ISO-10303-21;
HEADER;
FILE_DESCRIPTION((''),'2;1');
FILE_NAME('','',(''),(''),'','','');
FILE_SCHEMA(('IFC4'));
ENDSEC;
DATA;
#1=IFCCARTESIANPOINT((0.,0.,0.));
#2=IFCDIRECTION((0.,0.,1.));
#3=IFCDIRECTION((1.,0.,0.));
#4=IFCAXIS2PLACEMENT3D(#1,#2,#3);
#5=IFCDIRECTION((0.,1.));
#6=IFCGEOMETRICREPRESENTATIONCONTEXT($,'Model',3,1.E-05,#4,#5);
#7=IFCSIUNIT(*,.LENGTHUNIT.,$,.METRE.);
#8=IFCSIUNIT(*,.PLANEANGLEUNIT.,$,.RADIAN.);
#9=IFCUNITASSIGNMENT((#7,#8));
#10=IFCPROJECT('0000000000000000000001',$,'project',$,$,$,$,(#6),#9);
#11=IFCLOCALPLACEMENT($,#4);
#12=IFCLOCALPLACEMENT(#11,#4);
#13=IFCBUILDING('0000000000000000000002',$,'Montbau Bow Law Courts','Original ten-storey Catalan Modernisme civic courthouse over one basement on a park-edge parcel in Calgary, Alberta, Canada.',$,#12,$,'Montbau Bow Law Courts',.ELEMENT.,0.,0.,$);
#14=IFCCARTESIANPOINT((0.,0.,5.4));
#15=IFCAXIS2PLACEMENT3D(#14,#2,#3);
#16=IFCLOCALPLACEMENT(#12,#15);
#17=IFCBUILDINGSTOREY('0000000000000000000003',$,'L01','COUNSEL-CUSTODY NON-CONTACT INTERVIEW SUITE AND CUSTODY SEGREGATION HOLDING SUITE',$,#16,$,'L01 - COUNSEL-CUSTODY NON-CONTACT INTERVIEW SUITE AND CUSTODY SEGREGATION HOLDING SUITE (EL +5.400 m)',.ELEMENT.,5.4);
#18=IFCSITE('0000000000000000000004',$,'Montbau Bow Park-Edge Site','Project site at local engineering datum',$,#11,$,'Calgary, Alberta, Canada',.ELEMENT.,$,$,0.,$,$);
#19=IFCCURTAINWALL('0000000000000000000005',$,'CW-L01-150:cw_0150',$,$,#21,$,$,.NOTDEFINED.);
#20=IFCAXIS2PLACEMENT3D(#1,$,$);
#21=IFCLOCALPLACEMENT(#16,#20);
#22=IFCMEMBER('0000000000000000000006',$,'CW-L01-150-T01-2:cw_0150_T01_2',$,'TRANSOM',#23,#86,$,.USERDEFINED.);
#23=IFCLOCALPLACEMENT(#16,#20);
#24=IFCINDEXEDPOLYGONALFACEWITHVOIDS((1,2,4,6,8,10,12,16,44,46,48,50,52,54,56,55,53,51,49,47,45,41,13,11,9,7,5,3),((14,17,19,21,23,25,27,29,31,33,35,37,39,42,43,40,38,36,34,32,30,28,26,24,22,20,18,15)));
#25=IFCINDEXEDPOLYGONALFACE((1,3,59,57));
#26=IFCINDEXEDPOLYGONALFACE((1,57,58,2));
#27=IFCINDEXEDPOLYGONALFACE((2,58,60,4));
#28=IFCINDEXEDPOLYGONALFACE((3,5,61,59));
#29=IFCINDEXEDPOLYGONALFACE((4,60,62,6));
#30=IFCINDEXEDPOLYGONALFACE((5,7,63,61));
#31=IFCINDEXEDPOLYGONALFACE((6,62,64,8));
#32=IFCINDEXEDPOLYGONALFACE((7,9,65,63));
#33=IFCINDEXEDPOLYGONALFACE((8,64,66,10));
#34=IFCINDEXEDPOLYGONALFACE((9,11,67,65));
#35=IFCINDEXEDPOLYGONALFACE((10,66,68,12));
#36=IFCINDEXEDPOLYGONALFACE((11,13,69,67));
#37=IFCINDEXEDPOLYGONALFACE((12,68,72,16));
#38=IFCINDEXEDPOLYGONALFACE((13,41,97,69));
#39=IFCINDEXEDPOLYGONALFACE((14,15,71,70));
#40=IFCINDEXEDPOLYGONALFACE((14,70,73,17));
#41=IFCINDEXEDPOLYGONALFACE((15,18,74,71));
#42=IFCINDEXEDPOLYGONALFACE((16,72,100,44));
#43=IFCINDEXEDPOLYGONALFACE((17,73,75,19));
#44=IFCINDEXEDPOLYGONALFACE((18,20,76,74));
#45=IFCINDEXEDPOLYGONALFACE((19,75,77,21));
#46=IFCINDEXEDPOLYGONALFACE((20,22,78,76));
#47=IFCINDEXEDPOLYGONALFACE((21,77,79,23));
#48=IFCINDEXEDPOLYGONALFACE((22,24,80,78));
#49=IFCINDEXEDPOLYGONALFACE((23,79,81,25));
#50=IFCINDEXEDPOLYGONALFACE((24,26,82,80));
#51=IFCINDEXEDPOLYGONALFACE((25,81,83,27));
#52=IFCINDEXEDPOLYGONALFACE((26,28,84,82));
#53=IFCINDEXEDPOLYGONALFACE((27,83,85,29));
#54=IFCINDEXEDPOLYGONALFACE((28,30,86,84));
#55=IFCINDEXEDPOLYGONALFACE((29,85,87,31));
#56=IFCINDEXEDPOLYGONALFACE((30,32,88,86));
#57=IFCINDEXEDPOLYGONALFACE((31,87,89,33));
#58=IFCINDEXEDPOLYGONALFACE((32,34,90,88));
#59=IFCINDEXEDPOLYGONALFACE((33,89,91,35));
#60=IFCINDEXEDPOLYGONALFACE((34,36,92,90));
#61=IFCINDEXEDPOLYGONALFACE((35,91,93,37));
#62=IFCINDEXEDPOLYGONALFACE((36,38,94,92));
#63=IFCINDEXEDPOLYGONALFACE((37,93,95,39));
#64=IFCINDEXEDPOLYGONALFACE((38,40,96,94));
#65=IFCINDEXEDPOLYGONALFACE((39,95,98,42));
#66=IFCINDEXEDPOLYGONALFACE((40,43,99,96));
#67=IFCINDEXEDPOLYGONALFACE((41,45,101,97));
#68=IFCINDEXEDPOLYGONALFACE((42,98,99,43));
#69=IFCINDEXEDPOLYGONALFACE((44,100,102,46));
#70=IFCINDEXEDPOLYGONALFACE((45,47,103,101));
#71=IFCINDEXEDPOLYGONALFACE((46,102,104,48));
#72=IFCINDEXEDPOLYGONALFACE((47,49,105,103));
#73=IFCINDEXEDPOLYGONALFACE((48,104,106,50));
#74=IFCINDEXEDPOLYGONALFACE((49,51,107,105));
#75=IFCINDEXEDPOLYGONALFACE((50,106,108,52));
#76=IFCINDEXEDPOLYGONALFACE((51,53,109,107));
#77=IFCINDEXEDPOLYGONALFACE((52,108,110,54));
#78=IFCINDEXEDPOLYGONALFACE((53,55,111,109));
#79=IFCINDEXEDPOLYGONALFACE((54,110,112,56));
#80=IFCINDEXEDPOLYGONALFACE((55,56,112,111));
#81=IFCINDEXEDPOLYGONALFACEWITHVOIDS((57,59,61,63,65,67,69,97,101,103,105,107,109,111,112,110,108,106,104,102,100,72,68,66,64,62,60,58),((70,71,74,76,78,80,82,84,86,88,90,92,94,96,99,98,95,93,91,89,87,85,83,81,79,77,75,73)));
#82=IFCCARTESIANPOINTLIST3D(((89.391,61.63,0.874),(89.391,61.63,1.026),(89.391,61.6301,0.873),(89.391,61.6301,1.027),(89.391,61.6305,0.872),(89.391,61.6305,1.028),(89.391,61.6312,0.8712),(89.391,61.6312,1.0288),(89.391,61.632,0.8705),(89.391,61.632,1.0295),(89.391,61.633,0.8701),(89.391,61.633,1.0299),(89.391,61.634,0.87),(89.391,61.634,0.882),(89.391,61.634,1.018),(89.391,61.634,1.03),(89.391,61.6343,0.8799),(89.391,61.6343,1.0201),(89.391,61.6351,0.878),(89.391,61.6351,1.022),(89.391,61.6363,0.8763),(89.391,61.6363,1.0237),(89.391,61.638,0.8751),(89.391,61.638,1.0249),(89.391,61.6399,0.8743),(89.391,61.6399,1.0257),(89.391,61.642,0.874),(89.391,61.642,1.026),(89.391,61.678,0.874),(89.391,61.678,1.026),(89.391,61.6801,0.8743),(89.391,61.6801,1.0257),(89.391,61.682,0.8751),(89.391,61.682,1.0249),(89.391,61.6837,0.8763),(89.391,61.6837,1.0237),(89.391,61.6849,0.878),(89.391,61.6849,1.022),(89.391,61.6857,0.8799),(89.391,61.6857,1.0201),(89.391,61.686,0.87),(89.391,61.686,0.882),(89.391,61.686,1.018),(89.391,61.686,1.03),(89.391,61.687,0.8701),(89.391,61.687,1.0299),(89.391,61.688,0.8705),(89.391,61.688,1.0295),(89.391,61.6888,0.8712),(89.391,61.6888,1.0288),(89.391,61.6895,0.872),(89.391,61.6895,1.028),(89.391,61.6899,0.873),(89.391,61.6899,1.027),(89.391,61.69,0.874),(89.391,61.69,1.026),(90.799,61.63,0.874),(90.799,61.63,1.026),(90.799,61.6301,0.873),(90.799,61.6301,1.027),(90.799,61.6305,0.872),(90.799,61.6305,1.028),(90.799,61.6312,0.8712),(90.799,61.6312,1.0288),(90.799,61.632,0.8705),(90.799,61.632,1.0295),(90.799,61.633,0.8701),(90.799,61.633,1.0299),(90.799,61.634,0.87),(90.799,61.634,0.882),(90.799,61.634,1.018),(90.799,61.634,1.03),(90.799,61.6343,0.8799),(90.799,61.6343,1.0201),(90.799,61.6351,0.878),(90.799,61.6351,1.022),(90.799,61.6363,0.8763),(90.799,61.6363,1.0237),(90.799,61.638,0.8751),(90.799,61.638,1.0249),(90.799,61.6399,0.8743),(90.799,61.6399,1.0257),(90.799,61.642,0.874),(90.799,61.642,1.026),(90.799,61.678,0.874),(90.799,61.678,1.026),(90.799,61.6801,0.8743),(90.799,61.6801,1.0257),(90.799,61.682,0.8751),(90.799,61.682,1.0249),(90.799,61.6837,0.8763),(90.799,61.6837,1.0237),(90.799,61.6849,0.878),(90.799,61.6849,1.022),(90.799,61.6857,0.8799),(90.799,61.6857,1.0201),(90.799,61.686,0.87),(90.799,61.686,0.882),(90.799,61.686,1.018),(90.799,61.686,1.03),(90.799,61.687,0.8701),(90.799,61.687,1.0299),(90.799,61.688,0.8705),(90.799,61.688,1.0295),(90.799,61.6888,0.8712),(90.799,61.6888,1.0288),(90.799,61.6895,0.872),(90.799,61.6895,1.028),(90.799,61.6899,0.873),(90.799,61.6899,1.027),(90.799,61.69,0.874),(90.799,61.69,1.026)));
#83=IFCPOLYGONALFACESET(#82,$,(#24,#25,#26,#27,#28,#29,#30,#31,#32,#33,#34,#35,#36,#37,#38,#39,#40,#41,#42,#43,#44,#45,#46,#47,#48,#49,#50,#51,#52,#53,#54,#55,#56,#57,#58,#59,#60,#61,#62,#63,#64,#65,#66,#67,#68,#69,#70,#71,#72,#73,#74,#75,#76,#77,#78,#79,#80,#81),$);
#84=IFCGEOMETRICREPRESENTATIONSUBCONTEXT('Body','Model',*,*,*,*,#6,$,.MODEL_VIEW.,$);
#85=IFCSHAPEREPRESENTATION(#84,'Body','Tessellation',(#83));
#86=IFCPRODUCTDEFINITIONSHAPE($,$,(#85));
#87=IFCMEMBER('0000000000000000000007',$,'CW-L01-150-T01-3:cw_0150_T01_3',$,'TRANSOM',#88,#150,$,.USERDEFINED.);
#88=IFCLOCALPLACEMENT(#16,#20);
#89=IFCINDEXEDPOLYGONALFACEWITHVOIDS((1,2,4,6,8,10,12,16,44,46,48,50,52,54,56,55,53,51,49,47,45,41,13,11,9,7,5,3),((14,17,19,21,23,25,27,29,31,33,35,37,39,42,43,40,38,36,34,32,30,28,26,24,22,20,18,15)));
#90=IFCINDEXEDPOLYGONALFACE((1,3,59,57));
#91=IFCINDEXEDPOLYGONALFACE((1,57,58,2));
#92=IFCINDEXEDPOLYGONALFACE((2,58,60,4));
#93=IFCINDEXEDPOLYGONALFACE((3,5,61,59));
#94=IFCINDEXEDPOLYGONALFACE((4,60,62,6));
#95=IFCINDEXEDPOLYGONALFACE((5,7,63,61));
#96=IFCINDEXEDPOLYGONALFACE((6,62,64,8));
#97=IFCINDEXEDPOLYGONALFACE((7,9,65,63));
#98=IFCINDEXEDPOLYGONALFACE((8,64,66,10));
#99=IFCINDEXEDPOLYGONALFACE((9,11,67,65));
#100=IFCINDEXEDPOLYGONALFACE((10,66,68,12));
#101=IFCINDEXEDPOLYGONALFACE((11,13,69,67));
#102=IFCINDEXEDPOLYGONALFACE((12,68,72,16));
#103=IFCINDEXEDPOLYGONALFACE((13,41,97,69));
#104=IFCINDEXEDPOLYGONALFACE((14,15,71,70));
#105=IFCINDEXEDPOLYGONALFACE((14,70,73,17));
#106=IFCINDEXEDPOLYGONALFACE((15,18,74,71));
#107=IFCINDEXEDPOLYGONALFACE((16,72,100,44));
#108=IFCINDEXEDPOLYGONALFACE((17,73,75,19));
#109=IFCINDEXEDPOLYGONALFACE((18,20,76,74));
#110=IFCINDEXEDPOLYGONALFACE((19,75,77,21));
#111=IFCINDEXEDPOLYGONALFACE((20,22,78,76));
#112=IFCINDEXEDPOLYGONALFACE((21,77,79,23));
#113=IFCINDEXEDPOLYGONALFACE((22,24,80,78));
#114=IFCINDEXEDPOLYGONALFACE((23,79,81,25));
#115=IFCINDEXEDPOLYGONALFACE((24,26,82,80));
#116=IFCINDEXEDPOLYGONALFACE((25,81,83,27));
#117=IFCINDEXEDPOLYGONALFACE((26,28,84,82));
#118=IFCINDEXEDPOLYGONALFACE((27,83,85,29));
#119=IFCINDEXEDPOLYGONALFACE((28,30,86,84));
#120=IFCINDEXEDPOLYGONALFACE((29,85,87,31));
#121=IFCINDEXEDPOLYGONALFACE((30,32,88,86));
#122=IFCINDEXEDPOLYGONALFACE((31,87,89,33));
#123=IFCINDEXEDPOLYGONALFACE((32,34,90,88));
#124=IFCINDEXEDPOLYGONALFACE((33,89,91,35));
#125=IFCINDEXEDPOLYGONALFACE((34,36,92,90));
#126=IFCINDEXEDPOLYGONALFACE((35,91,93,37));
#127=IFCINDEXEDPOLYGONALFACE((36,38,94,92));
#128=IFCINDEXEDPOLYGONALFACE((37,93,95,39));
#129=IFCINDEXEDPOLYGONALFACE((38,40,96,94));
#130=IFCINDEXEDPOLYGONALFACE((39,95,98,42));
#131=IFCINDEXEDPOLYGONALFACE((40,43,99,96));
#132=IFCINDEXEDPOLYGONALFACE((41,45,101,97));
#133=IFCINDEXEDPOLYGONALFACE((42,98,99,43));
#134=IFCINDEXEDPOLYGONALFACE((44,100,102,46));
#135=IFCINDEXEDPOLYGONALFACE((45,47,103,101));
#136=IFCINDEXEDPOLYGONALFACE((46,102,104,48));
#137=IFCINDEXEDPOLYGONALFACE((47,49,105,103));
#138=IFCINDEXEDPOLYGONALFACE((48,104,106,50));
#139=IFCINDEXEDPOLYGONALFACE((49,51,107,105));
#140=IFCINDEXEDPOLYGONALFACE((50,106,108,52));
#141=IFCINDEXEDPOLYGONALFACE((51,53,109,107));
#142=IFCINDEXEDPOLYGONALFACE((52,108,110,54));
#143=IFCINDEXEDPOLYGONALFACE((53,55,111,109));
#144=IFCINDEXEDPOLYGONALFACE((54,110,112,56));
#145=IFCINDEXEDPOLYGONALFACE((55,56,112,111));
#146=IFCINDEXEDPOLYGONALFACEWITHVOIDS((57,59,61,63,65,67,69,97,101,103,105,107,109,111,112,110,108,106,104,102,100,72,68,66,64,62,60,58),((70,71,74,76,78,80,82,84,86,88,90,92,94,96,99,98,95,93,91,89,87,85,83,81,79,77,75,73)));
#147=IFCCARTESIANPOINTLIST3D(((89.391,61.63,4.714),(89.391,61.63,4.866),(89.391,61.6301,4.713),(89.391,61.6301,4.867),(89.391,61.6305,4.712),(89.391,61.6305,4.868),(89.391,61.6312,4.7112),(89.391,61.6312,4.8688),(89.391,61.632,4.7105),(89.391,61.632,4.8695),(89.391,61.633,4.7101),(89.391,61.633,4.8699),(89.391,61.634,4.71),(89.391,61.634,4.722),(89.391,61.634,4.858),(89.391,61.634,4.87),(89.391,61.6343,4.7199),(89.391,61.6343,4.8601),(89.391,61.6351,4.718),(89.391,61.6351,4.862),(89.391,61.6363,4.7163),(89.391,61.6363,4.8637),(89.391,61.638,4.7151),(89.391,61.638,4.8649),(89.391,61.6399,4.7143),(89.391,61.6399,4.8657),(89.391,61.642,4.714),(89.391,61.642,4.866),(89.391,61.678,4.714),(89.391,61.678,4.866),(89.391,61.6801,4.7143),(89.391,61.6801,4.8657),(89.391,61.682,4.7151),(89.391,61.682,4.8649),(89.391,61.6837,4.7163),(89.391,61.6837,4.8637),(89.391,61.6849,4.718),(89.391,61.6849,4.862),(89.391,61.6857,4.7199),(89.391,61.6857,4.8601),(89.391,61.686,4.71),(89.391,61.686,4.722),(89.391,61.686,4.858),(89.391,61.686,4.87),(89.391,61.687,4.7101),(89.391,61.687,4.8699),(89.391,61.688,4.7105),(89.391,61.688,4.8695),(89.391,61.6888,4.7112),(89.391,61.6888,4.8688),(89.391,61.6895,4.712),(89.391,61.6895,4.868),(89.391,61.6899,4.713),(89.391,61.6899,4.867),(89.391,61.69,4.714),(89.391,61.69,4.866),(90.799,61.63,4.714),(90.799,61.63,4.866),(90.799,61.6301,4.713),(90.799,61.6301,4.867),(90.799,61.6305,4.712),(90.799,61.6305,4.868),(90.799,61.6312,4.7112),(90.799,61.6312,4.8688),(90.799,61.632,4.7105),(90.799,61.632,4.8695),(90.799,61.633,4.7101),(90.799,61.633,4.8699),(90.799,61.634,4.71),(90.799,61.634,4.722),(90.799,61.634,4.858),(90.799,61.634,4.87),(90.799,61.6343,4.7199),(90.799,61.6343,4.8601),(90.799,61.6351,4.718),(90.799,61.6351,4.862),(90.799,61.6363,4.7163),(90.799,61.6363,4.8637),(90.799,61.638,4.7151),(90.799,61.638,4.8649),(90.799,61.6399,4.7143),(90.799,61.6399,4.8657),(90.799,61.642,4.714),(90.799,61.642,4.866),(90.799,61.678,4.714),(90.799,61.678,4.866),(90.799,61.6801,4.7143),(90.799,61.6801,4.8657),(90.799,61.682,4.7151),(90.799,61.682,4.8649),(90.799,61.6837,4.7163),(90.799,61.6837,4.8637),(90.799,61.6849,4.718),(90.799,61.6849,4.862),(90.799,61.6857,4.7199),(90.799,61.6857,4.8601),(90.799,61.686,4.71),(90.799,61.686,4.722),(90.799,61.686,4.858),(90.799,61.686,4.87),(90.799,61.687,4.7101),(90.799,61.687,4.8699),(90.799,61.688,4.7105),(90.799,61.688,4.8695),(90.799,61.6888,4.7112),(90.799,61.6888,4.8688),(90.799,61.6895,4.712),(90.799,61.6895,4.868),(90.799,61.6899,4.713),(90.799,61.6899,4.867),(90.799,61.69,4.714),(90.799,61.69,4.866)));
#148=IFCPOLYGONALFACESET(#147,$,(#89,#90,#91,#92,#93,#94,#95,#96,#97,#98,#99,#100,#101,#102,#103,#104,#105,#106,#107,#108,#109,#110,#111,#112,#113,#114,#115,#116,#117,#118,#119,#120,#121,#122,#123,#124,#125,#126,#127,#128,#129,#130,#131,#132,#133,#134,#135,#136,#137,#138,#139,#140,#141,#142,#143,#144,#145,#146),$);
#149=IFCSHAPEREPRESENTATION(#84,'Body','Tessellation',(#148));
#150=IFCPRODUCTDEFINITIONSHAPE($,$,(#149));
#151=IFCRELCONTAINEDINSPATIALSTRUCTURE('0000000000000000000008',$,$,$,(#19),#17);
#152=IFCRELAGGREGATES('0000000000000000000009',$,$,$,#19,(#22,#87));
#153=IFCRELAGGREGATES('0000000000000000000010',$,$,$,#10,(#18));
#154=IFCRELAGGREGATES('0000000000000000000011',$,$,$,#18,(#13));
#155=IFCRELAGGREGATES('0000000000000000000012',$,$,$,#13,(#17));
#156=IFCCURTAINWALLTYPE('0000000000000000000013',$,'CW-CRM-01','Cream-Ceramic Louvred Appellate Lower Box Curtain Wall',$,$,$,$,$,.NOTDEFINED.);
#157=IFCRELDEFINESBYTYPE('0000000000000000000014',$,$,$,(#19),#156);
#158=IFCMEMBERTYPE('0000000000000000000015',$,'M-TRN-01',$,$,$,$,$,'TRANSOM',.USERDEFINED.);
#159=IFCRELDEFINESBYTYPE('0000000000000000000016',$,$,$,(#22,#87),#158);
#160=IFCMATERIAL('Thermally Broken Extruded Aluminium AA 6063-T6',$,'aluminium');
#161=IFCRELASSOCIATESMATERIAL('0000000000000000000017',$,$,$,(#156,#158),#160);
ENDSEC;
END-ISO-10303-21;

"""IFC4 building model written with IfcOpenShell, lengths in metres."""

from ifc_helpers import new_model, si_unit, direction, frame, origin_with_axes, origin_2d_with_axis, place, context, subcontext, project, spatial, hollow_rectangle, extrude, material, material_profile, profile_set, type_object, element, aggregate, save


model = new_model("IFC4")

# Units and contexts
model_context = context("Model", 3, precision=1e-05, world=origin_with_axes(), true_north=direction((0.0, 1.0)))
body_context = subcontext(model_context, "Body", "Model", "MODEL_VIEW")
ifc_project = project(units=[si_unit("LENGTHUNIT", "METRE"), si_unit("PLANEANGLEUNIT", "RADIAN")], contexts=[model_context])

# Site, building, storey
site_placement = place(None, origin_with_axes())
site = spatial("IfcSite", under=ifc_project, at=site_placement, Name="Montbau Bow Park-Edge Site", Description="Project site at local engineering datum", LongName="Calgary, Alberta, Canada", CompositionType="ELEMENT", RefElevation=0.0)
building_placement = place(site_placement, origin_with_axes())
building = spatial("IfcBuilding", under=site, at=building_placement, Name="Montbau Bow Law Courts", Description="Original ten-storey Catalan Modernisme civic courthouse over one basement on a park-edge parcel in Calgary, Alberta, Canada.", LongName="Montbau Bow Law Courts", CompositionType="ELEMENT", ElevationOfRefHeight=0.0, ElevationOfTerrain=0.0)
storey_placement = place(building_placement, frame((0.0, 0.0, 5.4), z_axis=(0.0, 0.0, 1.0), x_axis=(1.0, 0.0, 0.0)))
storey = spatial("IfcBuildingStorey", under=building, at=storey_placement, Name="L01", Description="COUNSEL-CUSTODY NON-CONTACT INTERVIEW SUITE AND CUSTODY SEGREGATION HOLDING SUITE", LongName="L01 - COUNSEL-CUSTODY NON-CONTACT INTERVIEW SUITE AND CUSTODY SEGREGATION HOLDING SUITE (EL +5.400 m)", CompositionType="ELEMENT", Elevation=5.4)

# Curtain wall
ifc_material_1 = material(Name="Thermally Broken Extruded Aluminium AA 6063-T6", Category="aluminium")
curtain_wall_type = type_object("IfcCurtainWallType", Name="CW-CRM-01", Description="Cream-Ceramic Louvred Appellate Lower Box Curtain Wall", PredefinedType="NOTDEFINED", material=ifc_material_1)
curtain_wall_1_placement = place(None, frame((89.315, 61.66, 5.4), z_axis=(0.0, 0.0, 1.0), x_axis=(1.0, 0.0, 0.0)))
curtain_wall_1 = element("IfcCurtainWall", 1, at=curtain_wall_1_placement, inside=storey, type_object=curtain_wall_type, Name="CW-L01-150:cw_0150", PredefinedType="NOTDEFINED")

# Members
ifc_material_profile_1 = material_profile(ifc_material_1, hollow_rectangle(XDim=0.06, YDim=0.16, WallThickness=0.004, InnerFilletRadius=0.008, OuterFilletRadius=0.004, at=origin_2d_with_axis()), Name="CWT-160X60", Category="Main", Priority=0)
ifc_profile_set_1 = profile_set([ifc_material_profile_1], Name="Thermally Broken Extruded Aluminium AA 6063-T6")
member_type_1 = type_object("IfcMemberType", Name="M-TRN-01", ElementType="TRANSOM", PredefinedType="USERDEFINED", material=ifc_profile_set_1)
member_1_placement = place(None, frame((89.391, 61.66, 6.35), z_axis=(1.0, 0.0, 0.0), x_axis=(0.0, 1.0, 0.0)))
member_1 = element("IfcMember", 2, at=member_1_placement, type_object=member_type_1, Name="CW-L01-150-T01-2:cw_0150_T01_2", ObjectType="TRANSOM", PredefinedType="USERDEFINED", context=body_context, shape_type="SweptSolid", body=[
    extrude(hollow_rectangle(XDim=0.06, YDim=0.16, WallThickness=0.004, InnerFilletRadius=0.008, OuterFilletRadius=0.004, at=origin_2d_with_axis()), origin_with_axes(), (0.0, 0.0, 1.0), 1.408),
])
member_2_placement = place(None, frame((89.391, 61.66, 10.19), z_axis=(1.0, 0.0, 0.0), x_axis=(0.0, 1.0, 0.0)))
member_2 = element("IfcMember", 3, at=member_2_placement, type_object=member_type_1, Name="CW-L01-150-T01-3:cw_0150_T01_3", ObjectType="TRANSOM", PredefinedType="USERDEFINED", context=body_context, shape_type="SweptSolid", body=[
    extrude(hollow_rectangle(XDim=0.06, YDim=0.16, WallThickness=0.004, InnerFilletRadius=0.008, OuterFilletRadius=0.004, at=origin_2d_with_axis()), origin_with_axes(), (0.0, 0.0, 1.0), 1.408),
])

aggregate(curtain_wall_1, [member_1, member_2])

save(model, "model.ifc")
